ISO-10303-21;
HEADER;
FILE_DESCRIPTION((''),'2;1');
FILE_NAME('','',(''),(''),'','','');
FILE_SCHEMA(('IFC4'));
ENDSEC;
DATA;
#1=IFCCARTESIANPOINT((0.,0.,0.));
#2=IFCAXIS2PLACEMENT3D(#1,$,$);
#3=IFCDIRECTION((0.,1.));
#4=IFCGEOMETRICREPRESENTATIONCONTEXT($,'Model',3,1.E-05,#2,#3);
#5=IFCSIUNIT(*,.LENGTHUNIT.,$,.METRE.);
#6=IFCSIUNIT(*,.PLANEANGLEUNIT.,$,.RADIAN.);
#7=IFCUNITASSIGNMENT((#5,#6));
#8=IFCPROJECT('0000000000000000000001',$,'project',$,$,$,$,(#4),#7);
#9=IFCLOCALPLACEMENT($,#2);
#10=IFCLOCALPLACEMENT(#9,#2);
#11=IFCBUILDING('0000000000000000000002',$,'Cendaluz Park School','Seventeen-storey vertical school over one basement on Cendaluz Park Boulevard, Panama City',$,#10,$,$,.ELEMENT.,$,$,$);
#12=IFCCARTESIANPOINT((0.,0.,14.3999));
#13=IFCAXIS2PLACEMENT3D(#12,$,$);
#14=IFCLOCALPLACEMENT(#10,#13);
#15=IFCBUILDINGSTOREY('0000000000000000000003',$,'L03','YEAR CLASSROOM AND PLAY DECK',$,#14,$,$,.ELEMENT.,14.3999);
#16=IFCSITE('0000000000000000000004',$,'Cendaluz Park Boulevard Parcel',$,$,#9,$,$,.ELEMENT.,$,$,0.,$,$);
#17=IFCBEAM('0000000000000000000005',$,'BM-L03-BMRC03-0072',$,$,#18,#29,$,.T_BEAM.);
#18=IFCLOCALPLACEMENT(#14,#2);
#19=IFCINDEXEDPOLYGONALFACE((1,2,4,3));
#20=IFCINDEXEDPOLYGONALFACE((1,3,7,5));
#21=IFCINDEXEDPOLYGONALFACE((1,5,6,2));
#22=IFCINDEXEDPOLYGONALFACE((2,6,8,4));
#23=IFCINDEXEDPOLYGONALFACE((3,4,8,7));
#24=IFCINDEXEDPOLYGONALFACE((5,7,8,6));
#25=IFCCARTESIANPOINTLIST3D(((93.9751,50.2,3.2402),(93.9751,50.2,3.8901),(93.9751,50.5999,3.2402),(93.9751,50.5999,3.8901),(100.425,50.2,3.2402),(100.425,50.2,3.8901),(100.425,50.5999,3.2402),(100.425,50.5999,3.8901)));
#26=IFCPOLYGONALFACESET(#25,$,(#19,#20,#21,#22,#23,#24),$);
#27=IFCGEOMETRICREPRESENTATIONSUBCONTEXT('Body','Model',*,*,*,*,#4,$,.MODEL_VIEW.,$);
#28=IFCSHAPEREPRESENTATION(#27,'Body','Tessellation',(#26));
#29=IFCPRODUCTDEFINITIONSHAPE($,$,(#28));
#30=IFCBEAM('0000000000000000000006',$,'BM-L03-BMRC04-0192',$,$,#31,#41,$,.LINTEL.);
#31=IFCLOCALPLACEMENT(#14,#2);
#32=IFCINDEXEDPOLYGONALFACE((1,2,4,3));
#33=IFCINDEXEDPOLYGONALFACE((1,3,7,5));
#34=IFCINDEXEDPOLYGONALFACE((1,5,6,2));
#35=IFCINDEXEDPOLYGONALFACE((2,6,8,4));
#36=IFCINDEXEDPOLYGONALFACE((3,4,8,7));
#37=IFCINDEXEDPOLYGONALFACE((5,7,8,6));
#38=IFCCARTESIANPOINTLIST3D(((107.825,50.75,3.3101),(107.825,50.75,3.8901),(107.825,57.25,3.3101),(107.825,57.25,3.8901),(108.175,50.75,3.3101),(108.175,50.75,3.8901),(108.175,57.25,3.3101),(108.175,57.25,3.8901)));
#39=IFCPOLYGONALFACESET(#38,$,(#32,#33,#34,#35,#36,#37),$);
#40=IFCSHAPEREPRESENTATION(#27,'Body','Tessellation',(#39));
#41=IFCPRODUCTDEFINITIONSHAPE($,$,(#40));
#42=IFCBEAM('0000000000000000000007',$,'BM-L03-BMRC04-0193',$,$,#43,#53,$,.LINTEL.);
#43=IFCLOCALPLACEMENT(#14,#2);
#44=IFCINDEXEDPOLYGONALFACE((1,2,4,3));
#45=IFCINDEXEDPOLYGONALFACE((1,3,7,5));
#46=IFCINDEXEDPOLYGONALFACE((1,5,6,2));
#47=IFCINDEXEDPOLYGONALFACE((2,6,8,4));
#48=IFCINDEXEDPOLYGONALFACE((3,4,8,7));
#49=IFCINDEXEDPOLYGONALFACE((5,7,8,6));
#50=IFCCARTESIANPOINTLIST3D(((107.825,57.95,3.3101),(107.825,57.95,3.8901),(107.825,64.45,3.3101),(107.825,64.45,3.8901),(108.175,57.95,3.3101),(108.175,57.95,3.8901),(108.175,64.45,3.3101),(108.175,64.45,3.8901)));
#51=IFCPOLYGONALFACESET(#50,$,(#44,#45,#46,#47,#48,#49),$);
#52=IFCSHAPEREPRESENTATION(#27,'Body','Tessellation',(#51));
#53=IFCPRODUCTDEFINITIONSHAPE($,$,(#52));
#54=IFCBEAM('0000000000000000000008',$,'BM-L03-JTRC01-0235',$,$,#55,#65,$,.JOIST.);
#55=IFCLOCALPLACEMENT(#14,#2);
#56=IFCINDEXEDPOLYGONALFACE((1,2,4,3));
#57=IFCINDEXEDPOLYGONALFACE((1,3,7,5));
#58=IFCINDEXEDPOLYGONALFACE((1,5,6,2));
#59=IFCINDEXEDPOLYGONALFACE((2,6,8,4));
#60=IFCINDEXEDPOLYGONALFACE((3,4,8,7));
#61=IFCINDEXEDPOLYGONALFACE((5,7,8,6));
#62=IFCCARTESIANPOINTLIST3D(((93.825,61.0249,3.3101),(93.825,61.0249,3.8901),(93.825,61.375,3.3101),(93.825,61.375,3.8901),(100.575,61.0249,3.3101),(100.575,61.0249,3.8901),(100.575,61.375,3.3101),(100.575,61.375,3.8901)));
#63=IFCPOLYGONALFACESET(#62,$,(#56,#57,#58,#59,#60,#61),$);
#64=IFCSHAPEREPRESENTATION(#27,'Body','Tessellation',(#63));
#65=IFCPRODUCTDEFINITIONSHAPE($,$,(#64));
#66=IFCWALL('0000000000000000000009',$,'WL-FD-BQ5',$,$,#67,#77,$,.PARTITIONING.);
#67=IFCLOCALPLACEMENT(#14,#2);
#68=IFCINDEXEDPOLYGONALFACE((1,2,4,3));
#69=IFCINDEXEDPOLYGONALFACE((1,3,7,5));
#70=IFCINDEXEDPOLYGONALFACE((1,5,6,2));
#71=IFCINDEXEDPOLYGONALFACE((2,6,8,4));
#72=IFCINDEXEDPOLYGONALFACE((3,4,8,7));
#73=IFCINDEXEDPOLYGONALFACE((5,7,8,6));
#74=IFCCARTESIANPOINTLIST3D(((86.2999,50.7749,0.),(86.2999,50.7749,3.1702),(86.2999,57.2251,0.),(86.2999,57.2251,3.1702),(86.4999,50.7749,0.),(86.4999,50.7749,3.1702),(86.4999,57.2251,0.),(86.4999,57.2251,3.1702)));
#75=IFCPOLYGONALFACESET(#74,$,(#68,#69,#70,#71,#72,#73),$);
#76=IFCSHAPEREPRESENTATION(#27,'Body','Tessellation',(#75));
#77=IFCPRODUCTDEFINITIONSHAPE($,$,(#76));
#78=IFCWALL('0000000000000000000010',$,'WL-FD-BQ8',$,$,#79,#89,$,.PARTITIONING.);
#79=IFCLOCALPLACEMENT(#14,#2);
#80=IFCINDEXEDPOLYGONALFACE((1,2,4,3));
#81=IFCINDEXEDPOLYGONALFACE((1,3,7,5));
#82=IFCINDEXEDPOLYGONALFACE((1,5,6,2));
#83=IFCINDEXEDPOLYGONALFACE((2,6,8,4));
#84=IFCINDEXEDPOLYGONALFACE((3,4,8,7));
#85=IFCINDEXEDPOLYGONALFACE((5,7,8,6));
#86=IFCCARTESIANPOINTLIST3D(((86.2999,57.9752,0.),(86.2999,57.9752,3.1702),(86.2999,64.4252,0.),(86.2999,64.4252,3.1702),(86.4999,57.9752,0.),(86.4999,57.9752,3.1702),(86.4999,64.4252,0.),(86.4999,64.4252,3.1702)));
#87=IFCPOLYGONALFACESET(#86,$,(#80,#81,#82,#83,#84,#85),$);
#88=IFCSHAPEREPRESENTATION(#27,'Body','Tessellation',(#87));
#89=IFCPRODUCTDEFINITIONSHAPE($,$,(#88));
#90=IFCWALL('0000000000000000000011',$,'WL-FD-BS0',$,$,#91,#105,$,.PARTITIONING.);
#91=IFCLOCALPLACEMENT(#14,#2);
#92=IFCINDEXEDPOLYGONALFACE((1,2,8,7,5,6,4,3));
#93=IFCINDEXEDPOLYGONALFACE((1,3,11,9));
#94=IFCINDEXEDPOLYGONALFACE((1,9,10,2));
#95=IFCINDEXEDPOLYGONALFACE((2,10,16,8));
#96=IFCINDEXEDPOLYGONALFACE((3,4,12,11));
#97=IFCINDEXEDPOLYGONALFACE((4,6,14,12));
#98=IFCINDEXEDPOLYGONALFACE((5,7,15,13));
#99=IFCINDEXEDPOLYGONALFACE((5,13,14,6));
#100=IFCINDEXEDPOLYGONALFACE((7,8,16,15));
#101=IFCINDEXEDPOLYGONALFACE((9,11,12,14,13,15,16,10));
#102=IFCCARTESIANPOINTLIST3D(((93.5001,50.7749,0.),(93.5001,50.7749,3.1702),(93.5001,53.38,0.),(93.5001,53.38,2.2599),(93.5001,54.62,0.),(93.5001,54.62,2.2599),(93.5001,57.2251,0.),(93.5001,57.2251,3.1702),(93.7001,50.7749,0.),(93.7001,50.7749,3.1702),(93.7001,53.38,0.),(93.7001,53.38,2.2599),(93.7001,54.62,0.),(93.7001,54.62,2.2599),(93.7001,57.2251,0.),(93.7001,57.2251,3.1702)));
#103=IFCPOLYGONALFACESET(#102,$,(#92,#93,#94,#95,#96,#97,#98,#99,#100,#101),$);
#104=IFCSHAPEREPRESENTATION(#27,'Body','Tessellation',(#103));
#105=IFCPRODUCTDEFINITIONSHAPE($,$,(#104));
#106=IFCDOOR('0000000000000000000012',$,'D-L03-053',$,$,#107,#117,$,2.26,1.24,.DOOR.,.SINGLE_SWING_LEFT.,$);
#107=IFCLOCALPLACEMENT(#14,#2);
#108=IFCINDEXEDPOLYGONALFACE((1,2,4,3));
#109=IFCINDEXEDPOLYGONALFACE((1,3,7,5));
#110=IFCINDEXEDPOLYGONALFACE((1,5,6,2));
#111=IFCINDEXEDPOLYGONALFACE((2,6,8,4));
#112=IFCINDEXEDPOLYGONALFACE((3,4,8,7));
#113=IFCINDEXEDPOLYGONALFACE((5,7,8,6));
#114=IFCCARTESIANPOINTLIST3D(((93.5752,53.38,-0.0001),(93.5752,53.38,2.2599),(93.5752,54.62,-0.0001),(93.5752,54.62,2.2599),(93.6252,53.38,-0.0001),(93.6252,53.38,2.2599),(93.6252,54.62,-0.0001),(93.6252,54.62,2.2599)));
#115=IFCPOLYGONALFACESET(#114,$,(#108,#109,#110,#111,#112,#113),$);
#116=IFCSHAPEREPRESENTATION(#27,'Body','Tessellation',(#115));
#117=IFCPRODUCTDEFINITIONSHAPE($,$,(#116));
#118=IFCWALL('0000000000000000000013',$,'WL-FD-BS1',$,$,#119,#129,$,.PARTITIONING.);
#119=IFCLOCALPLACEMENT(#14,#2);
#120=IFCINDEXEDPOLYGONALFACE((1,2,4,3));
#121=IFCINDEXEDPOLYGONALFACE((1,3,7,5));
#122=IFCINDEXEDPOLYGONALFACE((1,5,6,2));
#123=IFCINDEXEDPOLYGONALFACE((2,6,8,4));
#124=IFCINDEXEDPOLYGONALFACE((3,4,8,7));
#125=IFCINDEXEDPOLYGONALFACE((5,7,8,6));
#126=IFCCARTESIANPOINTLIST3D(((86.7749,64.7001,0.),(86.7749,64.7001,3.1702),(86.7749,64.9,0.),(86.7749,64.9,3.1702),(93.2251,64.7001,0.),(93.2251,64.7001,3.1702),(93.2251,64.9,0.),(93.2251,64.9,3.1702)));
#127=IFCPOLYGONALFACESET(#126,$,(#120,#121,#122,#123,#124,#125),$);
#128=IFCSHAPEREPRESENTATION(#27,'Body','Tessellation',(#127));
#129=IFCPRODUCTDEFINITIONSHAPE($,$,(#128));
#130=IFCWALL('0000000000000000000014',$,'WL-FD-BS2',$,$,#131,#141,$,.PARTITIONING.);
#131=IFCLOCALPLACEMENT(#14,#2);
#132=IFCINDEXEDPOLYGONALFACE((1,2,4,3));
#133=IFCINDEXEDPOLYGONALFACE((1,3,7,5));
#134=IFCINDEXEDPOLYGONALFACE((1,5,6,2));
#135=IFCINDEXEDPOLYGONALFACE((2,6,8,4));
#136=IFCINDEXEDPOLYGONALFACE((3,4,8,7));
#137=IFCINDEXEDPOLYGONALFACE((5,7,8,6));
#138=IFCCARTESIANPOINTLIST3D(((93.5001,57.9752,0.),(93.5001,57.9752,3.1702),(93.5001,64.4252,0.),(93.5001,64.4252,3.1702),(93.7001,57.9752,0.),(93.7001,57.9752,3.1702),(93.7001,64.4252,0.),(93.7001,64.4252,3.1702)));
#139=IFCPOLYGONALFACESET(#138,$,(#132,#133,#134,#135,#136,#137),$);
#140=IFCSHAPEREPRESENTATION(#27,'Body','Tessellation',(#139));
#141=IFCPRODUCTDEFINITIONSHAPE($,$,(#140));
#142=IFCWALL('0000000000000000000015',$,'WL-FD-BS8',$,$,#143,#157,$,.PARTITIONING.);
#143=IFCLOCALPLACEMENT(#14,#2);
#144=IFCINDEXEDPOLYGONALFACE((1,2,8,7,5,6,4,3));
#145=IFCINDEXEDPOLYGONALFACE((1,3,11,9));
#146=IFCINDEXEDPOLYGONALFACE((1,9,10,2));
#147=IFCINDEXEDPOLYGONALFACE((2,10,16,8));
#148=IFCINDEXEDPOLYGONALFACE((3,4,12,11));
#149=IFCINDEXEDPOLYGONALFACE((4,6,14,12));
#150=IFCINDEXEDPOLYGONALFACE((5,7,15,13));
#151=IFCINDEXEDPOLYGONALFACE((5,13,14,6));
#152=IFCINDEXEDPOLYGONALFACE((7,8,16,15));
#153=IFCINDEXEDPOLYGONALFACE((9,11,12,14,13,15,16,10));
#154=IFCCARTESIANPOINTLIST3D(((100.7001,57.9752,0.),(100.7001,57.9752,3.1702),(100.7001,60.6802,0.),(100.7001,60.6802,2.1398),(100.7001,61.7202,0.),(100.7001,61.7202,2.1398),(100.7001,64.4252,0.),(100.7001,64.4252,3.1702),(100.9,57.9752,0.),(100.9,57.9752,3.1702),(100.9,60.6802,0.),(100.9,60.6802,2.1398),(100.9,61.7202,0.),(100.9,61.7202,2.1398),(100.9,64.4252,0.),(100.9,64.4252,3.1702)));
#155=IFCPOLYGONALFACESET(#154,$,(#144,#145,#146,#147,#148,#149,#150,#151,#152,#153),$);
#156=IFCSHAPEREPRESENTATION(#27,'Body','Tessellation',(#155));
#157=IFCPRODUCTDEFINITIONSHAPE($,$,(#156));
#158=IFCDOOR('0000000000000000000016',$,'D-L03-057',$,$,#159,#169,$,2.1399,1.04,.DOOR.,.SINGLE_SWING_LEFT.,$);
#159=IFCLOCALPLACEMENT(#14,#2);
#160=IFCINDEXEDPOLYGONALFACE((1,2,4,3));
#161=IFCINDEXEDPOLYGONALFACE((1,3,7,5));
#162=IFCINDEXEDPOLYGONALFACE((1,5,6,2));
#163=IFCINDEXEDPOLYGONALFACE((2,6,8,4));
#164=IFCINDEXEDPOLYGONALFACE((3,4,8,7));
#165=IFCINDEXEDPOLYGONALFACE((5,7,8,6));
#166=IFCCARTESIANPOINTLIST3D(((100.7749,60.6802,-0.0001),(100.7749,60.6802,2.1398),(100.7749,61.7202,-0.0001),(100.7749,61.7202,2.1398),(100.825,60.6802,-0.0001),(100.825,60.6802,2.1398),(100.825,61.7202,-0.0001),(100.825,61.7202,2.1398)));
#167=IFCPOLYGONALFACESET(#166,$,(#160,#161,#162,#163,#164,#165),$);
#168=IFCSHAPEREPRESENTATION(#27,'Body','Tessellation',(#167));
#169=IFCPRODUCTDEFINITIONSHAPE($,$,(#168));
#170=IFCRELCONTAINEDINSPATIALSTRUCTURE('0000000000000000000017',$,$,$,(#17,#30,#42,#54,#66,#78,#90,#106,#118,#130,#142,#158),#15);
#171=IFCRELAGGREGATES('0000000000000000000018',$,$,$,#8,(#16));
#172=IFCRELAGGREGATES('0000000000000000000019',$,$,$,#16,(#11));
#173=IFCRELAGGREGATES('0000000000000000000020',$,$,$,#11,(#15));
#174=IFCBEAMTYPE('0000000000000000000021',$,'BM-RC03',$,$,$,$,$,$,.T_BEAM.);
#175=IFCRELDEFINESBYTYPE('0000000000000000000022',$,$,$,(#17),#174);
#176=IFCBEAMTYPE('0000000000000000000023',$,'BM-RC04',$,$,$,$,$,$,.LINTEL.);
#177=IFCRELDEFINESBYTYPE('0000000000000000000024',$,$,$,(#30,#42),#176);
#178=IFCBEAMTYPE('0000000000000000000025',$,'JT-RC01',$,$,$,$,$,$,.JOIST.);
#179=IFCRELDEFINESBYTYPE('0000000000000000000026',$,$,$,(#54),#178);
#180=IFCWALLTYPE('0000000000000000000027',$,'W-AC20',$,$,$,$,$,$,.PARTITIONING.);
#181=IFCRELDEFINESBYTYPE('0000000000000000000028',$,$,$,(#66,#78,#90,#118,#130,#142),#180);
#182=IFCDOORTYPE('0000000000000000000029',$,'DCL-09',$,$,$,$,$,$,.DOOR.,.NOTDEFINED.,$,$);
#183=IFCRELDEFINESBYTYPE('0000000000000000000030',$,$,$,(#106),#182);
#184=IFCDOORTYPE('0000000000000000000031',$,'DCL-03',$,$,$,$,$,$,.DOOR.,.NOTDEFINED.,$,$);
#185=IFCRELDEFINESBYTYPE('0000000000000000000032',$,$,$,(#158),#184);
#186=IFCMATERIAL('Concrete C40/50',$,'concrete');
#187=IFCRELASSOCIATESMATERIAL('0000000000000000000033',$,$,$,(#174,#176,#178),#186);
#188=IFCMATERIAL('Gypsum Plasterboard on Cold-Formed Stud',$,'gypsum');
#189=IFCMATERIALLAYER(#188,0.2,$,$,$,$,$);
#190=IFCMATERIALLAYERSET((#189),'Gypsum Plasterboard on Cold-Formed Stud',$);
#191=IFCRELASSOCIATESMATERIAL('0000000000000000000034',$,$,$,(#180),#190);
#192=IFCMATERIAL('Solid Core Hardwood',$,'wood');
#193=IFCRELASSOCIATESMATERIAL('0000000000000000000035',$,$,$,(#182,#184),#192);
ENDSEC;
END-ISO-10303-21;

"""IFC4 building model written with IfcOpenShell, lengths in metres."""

from ifc_helpers import new_model, si_unit, direction, frame, frame_2d, origin, origin_2d, place, context, subcontext, project, spatial, rectangle, extrude, material, layer, layer_set, material_profile, profile_set, type_object, element, fill, save


model = new_model("IFC4")

# Units and contexts
model_context = context("Model", 3, precision=1e-05, world=origin(), true_north=direction((0.0, 1.0)))
body_context = subcontext(model_context, "Body", "Model", "MODEL_VIEW")
ifc_project = project(units=[si_unit("LENGTHUNIT", "METRE"), si_unit("PLANEANGLEUNIT", "RADIAN")], contexts=[model_context])

# Site, building, storey
site_placement = place(None, origin())
site = spatial("IfcSite", under=ifc_project, at=site_placement, Name="Cendaluz Park Boulevard Parcel", CompositionType="ELEMENT", RefElevation=0.0)
building_placement = place(site_placement, origin())
building = spatial("IfcBuilding", under=site, at=building_placement, Name="Cendaluz Park School", Description="Seventeen-storey vertical school over one basement on Cendaluz Park Boulevard, Panama City", CompositionType="ELEMENT")
storey_placement = place(building_placement, frame((0.0, 0.0, 14.3999)))
storey = spatial("IfcBuildingStorey", under=building, at=storey_placement, Name="L03", Description="YEAR CLASSROOM AND PLAY DECK", CompositionType="ELEMENT", Elevation=14.3999)

# Shared definitions
ifc_material_1 = material(Name="Concrete C40/50", Category="concrete")

# Beams
ifc_material_profile_1 = material_profile(ifc_material_1, rectangle(XDim=0.3999, YDim=0.6499, at=origin_2d()), Name="RC 400x650", Category="concrete")
ifc_profile_set_1 = profile_set([ifc_material_profile_1], Name="Concrete C40/50")
beam_type_1 = type_object("IfcBeamType", Name="BM-RC03", PredefinedType="T_BEAM", material=ifc_profile_set_1)
beam_1_placement = place(storey_placement, frame((93.9751, 50.3999, 3.5652), z_axis=(1.0, 0.0, 0.0), x_axis=(0.0, 1.0, 0.0)))
element("IfcBeam", 1, at=beam_1_placement, inside=storey, type_object=beam_type_1, Name="BM-L03-BMRC03-0072", PredefinedType="T_BEAM", context=body_context, shape_type="SweptSolid", body=[
    extrude(rectangle(XDim=0.3999, YDim=0.6499, at=origin_2d()), origin(), (0.0, 0.0, 1.0), 6.45),
])
ifc_material_profile_2 = material_profile(ifc_material_1, rectangle(XDim=0.3501, YDim=0.5801, at=origin_2d()), Name="RC 350x580", Category="concrete")
ifc_profile_set_2 = profile_set([ifc_material_profile_2], Name="Concrete C40/50")
beam_type_2 = type_object("IfcBeamType", Name="BM-RC04", PredefinedType="LINTEL", material=ifc_profile_set_2)
for number, where, z_axis, x_axis, name in (
    (2, (108.0, 50.75, 3.6001), (0.0, 1.0, 0.0), (-1.0, 0.0, 0.0), "BM-L03-BMRC04-0192"),
    (3, (108.0, 57.95, 3.6001), (0.0, 1.0, 0.0), (-1.0, 0.0, 0.0), "BM-L03-BMRC04-0193"),
):
    element("IfcBeam", number, at=place(storey_placement, frame(where, z_axis=z_axis, x_axis=x_axis)), inside=storey, type_object=beam_type_2, Name=name, PredefinedType="LINTEL", context=body_context, shape_type="SweptSolid", body=[
        extrude(rectangle(XDim=0.3501, YDim=0.5801, at=origin_2d()), origin(), (0.0, 0.0, 1.0), 6.5),
    ])
ifc_material_profile_3 = material_profile(ifc_material_1, rectangle(XDim=0.3501, YDim=0.5801, at=origin_2d()), Name="RC 350x580", Category="concrete")
ifc_profile_set_3 = profile_set([ifc_material_profile_3], Name="Concrete C40/50")
beam_type_3 = type_object("IfcBeamType", Name="JT-RC01", PredefinedType="JOIST", material=ifc_profile_set_3)
beam_2_placement = place(storey_placement, frame((93.825, 61.2, 3.6001), z_axis=(1.0, 0.0, 0.0), x_axis=(0.0, 1.0, 0.0)))
element("IfcBeam", 4, at=beam_2_placement, inside=storey, type_object=beam_type_3, Name="BM-L03-JTRC01-0235", PredefinedType="JOIST", context=body_context, shape_type="SweptSolid", body=[
    extrude(rectangle(XDim=0.3501, YDim=0.5801, at=origin_2d()), origin(), (0.0, 0.0, 1.0), 6.75),
])

# Walls
ifc_material_2 = material(Name="Gypsum Plasterboard on Cold-Formed Stud", Category="gypsum")
ifc_layer_1 = layer(ifc_material_2, 0.2)
ifc_layer_set_1 = layer_set([ifc_layer_1], Name="Gypsum Plasterboard on Cold-Formed Stud")
wall_type_1 = type_object("IfcWallType", Name="W-AC20", PredefinedType="PARTITIONING", material=ifc_layer_set_1)
wall_1_placement = place(storey_placement, frame((86.3999, 50.7749, 0.0), z_axis=(0.0, 0.0, 1.0), x_axis=(0.0, 1.0, 0.0)))
element("IfcWall", 5, at=wall_1_placement, inside=storey, type_object=wall_type_1, Name="WL-FD-BQ5", PredefinedType="PARTITIONING", context=body_context, shape_type="SweptSolid", body=[
    extrude(rectangle(XDim=6.4502, YDim=0.2, at=frame_2d((3.2251, 0.0))), origin(), (0.0, 0.0, 1.0), 3.1702),
])
wall_2_placement = place(storey_placement, frame((86.3999, 57.9751, 0.0), z_axis=(0.0, 0.0, 1.0), x_axis=(0.0, 1.0, 0.0)))
element("IfcWall", 6, at=wall_2_placement, inside=storey, type_object=wall_type_1, Name="WL-FD-BQ8", PredefinedType="PARTITIONING", context=body_context, shape_type="SweptSolid", body=[
    extrude(rectangle(XDim=6.45, YDim=0.2, at=frame_2d((3.2251, 0.0))), origin(), (0.0, 0.0, 1.0), 3.1702),
])

# Wall, opening, door
wall_3_placement = place(storey_placement, frame((93.6001, 50.7749, 0.0), z_axis=(0.0, 0.0, 1.0), x_axis=(0.0, 1.0, 0.0)))
wall_3 = element("IfcWall", 7, at=wall_3_placement, inside=storey, type_object=wall_type_1, Name="WL-FD-BS0", PredefinedType="PARTITIONING", context=body_context, shape_type="SweptSolid", body=[
    extrude(rectangle(XDim=6.4502, YDim=0.2, at=frame_2d((3.2251, 0.0))), origin(), (0.0, 0.0, 1.0), 3.1702),
])
opening_1_placement = place(wall_3_placement, frame((2.605, 0.0, 0.0)))
opening_1 = element("IfcOpeningElement", 8, at=opening_1_placement, cuts=wall_3, PredefinedType="OPENING", context=body_context, shape_type="SweptSolid", body=[
    extrude(rectangle(XDim=1.24, YDim=2.26, at=frame_2d((0.6201, 1.1299))), frame((0.0, 0.1121, 0.0), z_axis=(0.0, -1.0, 0.0), x_axis=(1.0, 0.0, 0.0)), (0.0, 0.0, 1.0), 0.2239),
])
ifc_material_3 = material(Name="Solid Core Hardwood", Category="wood")
door_type_1 = type_object("IfcDoorType", Name="DCL-09", OperationType="NOTDEFINED", PredefinedType="DOOR", material=ifc_material_3)
door_1_placement = place(opening_1_placement, origin())
door_1 = element("IfcDoor", 9, at=door_1_placement, inside=storey, type_object=door_type_1, Name="D-L03-053", OperationType="SINGLE_SWING_LEFT", OverallHeight=2.26, OverallWidth=1.24, PredefinedType="DOOR", context=body_context, shape_type="SweptSolid", body=[
    extrude(rectangle(XDim=1.24, YDim=2.26, at=frame_2d((0.6201, 1.1299))), frame((0.0, 0.0249, 0.0), z_axis=(0.0, -1.0, 0.0), x_axis=(1.0, 0.0, 0.0)), (0.0, 0.0, 1.0), 0.05),
])
fill(opening_1, door_1)

# Walls
wall_4_placement = place(storey_placement, frame((86.7749, 64.8, 0.0), z_axis=(0.0, 0.0, 1.0), x_axis=(1.0, 0.0, 0.0)))
element("IfcWall", 10, at=wall_4_placement, inside=storey, type_object=wall_type_1, Name="WL-FD-BS1", PredefinedType="PARTITIONING", context=body_context, shape_type="SweptSolid", body=[
    extrude(rectangle(XDim=6.4502, YDim=0.2, at=frame_2d((3.2251, 0.0))), origin(), (0.0, 0.0, 1.0), 3.1702),
])
wall_5_placement = place(storey_placement, frame((93.6001, 57.9751, 0.0), z_axis=(0.0, 0.0, 1.0), x_axis=(0.0, 1.0, 0.0)))
element("IfcWall", 11, at=wall_5_placement, inside=storey, type_object=wall_type_1, Name="WL-FD-BS2", PredefinedType="PARTITIONING", context=body_context, shape_type="SweptSolid", body=[
    extrude(rectangle(XDim=6.45, YDim=0.2, at=frame_2d((3.2251, 0.0))), origin(), (0.0, 0.0, 1.0), 3.1702),
])

# Wall, opening, door
wall_6_placement = place(storey_placement, frame((100.8, 57.9751, 0.0), z_axis=(0.0, 0.0, 1.0), x_axis=(0.0, 1.0, 0.0)))
wall_6 = element("IfcWall", 12, at=wall_6_placement, inside=storey, type_object=wall_type_1, Name="WL-FD-BS8", PredefinedType="PARTITIONING", context=body_context, shape_type="SweptSolid", body=[
    extrude(rectangle(XDim=6.45, YDim=0.2, at=frame_2d((3.2251, 0.0))), origin(), (0.0, 0.0, 1.0), 3.1702),
])
opening_2_placement = place(wall_6_placement, frame((2.7051, 0.0, 0.0)))
opening_2 = element("IfcOpeningElement", 13, at=opening_2_placement, cuts=wall_6, PredefinedType="OPENING", context=body_context, shape_type="SweptSolid", body=[
    extrude(rectangle(XDim=1.04, YDim=2.1399, at=frame_2d((0.52, 1.0698))), frame((0.0, 0.1121, 0.0), z_axis=(0.0, -1.0, 0.0), x_axis=(1.0, 0.0, 0.0)), (0.0, 0.0, 1.0), 0.2239),
])
door_type_2 = type_object("IfcDoorType", Name="DCL-03", OperationType="NOTDEFINED", PredefinedType="DOOR", material=ifc_material_3)
door_2_placement = place(opening_2_placement, frame((1.04, 0.0, 0.0), z_axis=(0.0, 0.0, 1.0), x_axis=(-1.0, 0.0, 0.0)))
door_2 = element("IfcDoor", 14, at=door_2_placement, inside=storey, type_object=door_type_2, Name="D-L03-057", OperationType="SINGLE_SWING_LEFT", OverallHeight=2.1399, OverallWidth=1.04, PredefinedType="DOOR", context=body_context, shape_type="SweptSolid", body=[
    extrude(rectangle(XDim=1.04, YDim=2.1399, at=frame_2d((0.52, 1.0698))), frame((0.0, 0.0249, 0.0), z_axis=(0.0, -1.0, 0.0), x_axis=(1.0, 0.0, 0.0)), (0.0, 0.0, 1.0), 0.05),
])
fill(opening_2, door_2)

save(model, "model.ifc")
